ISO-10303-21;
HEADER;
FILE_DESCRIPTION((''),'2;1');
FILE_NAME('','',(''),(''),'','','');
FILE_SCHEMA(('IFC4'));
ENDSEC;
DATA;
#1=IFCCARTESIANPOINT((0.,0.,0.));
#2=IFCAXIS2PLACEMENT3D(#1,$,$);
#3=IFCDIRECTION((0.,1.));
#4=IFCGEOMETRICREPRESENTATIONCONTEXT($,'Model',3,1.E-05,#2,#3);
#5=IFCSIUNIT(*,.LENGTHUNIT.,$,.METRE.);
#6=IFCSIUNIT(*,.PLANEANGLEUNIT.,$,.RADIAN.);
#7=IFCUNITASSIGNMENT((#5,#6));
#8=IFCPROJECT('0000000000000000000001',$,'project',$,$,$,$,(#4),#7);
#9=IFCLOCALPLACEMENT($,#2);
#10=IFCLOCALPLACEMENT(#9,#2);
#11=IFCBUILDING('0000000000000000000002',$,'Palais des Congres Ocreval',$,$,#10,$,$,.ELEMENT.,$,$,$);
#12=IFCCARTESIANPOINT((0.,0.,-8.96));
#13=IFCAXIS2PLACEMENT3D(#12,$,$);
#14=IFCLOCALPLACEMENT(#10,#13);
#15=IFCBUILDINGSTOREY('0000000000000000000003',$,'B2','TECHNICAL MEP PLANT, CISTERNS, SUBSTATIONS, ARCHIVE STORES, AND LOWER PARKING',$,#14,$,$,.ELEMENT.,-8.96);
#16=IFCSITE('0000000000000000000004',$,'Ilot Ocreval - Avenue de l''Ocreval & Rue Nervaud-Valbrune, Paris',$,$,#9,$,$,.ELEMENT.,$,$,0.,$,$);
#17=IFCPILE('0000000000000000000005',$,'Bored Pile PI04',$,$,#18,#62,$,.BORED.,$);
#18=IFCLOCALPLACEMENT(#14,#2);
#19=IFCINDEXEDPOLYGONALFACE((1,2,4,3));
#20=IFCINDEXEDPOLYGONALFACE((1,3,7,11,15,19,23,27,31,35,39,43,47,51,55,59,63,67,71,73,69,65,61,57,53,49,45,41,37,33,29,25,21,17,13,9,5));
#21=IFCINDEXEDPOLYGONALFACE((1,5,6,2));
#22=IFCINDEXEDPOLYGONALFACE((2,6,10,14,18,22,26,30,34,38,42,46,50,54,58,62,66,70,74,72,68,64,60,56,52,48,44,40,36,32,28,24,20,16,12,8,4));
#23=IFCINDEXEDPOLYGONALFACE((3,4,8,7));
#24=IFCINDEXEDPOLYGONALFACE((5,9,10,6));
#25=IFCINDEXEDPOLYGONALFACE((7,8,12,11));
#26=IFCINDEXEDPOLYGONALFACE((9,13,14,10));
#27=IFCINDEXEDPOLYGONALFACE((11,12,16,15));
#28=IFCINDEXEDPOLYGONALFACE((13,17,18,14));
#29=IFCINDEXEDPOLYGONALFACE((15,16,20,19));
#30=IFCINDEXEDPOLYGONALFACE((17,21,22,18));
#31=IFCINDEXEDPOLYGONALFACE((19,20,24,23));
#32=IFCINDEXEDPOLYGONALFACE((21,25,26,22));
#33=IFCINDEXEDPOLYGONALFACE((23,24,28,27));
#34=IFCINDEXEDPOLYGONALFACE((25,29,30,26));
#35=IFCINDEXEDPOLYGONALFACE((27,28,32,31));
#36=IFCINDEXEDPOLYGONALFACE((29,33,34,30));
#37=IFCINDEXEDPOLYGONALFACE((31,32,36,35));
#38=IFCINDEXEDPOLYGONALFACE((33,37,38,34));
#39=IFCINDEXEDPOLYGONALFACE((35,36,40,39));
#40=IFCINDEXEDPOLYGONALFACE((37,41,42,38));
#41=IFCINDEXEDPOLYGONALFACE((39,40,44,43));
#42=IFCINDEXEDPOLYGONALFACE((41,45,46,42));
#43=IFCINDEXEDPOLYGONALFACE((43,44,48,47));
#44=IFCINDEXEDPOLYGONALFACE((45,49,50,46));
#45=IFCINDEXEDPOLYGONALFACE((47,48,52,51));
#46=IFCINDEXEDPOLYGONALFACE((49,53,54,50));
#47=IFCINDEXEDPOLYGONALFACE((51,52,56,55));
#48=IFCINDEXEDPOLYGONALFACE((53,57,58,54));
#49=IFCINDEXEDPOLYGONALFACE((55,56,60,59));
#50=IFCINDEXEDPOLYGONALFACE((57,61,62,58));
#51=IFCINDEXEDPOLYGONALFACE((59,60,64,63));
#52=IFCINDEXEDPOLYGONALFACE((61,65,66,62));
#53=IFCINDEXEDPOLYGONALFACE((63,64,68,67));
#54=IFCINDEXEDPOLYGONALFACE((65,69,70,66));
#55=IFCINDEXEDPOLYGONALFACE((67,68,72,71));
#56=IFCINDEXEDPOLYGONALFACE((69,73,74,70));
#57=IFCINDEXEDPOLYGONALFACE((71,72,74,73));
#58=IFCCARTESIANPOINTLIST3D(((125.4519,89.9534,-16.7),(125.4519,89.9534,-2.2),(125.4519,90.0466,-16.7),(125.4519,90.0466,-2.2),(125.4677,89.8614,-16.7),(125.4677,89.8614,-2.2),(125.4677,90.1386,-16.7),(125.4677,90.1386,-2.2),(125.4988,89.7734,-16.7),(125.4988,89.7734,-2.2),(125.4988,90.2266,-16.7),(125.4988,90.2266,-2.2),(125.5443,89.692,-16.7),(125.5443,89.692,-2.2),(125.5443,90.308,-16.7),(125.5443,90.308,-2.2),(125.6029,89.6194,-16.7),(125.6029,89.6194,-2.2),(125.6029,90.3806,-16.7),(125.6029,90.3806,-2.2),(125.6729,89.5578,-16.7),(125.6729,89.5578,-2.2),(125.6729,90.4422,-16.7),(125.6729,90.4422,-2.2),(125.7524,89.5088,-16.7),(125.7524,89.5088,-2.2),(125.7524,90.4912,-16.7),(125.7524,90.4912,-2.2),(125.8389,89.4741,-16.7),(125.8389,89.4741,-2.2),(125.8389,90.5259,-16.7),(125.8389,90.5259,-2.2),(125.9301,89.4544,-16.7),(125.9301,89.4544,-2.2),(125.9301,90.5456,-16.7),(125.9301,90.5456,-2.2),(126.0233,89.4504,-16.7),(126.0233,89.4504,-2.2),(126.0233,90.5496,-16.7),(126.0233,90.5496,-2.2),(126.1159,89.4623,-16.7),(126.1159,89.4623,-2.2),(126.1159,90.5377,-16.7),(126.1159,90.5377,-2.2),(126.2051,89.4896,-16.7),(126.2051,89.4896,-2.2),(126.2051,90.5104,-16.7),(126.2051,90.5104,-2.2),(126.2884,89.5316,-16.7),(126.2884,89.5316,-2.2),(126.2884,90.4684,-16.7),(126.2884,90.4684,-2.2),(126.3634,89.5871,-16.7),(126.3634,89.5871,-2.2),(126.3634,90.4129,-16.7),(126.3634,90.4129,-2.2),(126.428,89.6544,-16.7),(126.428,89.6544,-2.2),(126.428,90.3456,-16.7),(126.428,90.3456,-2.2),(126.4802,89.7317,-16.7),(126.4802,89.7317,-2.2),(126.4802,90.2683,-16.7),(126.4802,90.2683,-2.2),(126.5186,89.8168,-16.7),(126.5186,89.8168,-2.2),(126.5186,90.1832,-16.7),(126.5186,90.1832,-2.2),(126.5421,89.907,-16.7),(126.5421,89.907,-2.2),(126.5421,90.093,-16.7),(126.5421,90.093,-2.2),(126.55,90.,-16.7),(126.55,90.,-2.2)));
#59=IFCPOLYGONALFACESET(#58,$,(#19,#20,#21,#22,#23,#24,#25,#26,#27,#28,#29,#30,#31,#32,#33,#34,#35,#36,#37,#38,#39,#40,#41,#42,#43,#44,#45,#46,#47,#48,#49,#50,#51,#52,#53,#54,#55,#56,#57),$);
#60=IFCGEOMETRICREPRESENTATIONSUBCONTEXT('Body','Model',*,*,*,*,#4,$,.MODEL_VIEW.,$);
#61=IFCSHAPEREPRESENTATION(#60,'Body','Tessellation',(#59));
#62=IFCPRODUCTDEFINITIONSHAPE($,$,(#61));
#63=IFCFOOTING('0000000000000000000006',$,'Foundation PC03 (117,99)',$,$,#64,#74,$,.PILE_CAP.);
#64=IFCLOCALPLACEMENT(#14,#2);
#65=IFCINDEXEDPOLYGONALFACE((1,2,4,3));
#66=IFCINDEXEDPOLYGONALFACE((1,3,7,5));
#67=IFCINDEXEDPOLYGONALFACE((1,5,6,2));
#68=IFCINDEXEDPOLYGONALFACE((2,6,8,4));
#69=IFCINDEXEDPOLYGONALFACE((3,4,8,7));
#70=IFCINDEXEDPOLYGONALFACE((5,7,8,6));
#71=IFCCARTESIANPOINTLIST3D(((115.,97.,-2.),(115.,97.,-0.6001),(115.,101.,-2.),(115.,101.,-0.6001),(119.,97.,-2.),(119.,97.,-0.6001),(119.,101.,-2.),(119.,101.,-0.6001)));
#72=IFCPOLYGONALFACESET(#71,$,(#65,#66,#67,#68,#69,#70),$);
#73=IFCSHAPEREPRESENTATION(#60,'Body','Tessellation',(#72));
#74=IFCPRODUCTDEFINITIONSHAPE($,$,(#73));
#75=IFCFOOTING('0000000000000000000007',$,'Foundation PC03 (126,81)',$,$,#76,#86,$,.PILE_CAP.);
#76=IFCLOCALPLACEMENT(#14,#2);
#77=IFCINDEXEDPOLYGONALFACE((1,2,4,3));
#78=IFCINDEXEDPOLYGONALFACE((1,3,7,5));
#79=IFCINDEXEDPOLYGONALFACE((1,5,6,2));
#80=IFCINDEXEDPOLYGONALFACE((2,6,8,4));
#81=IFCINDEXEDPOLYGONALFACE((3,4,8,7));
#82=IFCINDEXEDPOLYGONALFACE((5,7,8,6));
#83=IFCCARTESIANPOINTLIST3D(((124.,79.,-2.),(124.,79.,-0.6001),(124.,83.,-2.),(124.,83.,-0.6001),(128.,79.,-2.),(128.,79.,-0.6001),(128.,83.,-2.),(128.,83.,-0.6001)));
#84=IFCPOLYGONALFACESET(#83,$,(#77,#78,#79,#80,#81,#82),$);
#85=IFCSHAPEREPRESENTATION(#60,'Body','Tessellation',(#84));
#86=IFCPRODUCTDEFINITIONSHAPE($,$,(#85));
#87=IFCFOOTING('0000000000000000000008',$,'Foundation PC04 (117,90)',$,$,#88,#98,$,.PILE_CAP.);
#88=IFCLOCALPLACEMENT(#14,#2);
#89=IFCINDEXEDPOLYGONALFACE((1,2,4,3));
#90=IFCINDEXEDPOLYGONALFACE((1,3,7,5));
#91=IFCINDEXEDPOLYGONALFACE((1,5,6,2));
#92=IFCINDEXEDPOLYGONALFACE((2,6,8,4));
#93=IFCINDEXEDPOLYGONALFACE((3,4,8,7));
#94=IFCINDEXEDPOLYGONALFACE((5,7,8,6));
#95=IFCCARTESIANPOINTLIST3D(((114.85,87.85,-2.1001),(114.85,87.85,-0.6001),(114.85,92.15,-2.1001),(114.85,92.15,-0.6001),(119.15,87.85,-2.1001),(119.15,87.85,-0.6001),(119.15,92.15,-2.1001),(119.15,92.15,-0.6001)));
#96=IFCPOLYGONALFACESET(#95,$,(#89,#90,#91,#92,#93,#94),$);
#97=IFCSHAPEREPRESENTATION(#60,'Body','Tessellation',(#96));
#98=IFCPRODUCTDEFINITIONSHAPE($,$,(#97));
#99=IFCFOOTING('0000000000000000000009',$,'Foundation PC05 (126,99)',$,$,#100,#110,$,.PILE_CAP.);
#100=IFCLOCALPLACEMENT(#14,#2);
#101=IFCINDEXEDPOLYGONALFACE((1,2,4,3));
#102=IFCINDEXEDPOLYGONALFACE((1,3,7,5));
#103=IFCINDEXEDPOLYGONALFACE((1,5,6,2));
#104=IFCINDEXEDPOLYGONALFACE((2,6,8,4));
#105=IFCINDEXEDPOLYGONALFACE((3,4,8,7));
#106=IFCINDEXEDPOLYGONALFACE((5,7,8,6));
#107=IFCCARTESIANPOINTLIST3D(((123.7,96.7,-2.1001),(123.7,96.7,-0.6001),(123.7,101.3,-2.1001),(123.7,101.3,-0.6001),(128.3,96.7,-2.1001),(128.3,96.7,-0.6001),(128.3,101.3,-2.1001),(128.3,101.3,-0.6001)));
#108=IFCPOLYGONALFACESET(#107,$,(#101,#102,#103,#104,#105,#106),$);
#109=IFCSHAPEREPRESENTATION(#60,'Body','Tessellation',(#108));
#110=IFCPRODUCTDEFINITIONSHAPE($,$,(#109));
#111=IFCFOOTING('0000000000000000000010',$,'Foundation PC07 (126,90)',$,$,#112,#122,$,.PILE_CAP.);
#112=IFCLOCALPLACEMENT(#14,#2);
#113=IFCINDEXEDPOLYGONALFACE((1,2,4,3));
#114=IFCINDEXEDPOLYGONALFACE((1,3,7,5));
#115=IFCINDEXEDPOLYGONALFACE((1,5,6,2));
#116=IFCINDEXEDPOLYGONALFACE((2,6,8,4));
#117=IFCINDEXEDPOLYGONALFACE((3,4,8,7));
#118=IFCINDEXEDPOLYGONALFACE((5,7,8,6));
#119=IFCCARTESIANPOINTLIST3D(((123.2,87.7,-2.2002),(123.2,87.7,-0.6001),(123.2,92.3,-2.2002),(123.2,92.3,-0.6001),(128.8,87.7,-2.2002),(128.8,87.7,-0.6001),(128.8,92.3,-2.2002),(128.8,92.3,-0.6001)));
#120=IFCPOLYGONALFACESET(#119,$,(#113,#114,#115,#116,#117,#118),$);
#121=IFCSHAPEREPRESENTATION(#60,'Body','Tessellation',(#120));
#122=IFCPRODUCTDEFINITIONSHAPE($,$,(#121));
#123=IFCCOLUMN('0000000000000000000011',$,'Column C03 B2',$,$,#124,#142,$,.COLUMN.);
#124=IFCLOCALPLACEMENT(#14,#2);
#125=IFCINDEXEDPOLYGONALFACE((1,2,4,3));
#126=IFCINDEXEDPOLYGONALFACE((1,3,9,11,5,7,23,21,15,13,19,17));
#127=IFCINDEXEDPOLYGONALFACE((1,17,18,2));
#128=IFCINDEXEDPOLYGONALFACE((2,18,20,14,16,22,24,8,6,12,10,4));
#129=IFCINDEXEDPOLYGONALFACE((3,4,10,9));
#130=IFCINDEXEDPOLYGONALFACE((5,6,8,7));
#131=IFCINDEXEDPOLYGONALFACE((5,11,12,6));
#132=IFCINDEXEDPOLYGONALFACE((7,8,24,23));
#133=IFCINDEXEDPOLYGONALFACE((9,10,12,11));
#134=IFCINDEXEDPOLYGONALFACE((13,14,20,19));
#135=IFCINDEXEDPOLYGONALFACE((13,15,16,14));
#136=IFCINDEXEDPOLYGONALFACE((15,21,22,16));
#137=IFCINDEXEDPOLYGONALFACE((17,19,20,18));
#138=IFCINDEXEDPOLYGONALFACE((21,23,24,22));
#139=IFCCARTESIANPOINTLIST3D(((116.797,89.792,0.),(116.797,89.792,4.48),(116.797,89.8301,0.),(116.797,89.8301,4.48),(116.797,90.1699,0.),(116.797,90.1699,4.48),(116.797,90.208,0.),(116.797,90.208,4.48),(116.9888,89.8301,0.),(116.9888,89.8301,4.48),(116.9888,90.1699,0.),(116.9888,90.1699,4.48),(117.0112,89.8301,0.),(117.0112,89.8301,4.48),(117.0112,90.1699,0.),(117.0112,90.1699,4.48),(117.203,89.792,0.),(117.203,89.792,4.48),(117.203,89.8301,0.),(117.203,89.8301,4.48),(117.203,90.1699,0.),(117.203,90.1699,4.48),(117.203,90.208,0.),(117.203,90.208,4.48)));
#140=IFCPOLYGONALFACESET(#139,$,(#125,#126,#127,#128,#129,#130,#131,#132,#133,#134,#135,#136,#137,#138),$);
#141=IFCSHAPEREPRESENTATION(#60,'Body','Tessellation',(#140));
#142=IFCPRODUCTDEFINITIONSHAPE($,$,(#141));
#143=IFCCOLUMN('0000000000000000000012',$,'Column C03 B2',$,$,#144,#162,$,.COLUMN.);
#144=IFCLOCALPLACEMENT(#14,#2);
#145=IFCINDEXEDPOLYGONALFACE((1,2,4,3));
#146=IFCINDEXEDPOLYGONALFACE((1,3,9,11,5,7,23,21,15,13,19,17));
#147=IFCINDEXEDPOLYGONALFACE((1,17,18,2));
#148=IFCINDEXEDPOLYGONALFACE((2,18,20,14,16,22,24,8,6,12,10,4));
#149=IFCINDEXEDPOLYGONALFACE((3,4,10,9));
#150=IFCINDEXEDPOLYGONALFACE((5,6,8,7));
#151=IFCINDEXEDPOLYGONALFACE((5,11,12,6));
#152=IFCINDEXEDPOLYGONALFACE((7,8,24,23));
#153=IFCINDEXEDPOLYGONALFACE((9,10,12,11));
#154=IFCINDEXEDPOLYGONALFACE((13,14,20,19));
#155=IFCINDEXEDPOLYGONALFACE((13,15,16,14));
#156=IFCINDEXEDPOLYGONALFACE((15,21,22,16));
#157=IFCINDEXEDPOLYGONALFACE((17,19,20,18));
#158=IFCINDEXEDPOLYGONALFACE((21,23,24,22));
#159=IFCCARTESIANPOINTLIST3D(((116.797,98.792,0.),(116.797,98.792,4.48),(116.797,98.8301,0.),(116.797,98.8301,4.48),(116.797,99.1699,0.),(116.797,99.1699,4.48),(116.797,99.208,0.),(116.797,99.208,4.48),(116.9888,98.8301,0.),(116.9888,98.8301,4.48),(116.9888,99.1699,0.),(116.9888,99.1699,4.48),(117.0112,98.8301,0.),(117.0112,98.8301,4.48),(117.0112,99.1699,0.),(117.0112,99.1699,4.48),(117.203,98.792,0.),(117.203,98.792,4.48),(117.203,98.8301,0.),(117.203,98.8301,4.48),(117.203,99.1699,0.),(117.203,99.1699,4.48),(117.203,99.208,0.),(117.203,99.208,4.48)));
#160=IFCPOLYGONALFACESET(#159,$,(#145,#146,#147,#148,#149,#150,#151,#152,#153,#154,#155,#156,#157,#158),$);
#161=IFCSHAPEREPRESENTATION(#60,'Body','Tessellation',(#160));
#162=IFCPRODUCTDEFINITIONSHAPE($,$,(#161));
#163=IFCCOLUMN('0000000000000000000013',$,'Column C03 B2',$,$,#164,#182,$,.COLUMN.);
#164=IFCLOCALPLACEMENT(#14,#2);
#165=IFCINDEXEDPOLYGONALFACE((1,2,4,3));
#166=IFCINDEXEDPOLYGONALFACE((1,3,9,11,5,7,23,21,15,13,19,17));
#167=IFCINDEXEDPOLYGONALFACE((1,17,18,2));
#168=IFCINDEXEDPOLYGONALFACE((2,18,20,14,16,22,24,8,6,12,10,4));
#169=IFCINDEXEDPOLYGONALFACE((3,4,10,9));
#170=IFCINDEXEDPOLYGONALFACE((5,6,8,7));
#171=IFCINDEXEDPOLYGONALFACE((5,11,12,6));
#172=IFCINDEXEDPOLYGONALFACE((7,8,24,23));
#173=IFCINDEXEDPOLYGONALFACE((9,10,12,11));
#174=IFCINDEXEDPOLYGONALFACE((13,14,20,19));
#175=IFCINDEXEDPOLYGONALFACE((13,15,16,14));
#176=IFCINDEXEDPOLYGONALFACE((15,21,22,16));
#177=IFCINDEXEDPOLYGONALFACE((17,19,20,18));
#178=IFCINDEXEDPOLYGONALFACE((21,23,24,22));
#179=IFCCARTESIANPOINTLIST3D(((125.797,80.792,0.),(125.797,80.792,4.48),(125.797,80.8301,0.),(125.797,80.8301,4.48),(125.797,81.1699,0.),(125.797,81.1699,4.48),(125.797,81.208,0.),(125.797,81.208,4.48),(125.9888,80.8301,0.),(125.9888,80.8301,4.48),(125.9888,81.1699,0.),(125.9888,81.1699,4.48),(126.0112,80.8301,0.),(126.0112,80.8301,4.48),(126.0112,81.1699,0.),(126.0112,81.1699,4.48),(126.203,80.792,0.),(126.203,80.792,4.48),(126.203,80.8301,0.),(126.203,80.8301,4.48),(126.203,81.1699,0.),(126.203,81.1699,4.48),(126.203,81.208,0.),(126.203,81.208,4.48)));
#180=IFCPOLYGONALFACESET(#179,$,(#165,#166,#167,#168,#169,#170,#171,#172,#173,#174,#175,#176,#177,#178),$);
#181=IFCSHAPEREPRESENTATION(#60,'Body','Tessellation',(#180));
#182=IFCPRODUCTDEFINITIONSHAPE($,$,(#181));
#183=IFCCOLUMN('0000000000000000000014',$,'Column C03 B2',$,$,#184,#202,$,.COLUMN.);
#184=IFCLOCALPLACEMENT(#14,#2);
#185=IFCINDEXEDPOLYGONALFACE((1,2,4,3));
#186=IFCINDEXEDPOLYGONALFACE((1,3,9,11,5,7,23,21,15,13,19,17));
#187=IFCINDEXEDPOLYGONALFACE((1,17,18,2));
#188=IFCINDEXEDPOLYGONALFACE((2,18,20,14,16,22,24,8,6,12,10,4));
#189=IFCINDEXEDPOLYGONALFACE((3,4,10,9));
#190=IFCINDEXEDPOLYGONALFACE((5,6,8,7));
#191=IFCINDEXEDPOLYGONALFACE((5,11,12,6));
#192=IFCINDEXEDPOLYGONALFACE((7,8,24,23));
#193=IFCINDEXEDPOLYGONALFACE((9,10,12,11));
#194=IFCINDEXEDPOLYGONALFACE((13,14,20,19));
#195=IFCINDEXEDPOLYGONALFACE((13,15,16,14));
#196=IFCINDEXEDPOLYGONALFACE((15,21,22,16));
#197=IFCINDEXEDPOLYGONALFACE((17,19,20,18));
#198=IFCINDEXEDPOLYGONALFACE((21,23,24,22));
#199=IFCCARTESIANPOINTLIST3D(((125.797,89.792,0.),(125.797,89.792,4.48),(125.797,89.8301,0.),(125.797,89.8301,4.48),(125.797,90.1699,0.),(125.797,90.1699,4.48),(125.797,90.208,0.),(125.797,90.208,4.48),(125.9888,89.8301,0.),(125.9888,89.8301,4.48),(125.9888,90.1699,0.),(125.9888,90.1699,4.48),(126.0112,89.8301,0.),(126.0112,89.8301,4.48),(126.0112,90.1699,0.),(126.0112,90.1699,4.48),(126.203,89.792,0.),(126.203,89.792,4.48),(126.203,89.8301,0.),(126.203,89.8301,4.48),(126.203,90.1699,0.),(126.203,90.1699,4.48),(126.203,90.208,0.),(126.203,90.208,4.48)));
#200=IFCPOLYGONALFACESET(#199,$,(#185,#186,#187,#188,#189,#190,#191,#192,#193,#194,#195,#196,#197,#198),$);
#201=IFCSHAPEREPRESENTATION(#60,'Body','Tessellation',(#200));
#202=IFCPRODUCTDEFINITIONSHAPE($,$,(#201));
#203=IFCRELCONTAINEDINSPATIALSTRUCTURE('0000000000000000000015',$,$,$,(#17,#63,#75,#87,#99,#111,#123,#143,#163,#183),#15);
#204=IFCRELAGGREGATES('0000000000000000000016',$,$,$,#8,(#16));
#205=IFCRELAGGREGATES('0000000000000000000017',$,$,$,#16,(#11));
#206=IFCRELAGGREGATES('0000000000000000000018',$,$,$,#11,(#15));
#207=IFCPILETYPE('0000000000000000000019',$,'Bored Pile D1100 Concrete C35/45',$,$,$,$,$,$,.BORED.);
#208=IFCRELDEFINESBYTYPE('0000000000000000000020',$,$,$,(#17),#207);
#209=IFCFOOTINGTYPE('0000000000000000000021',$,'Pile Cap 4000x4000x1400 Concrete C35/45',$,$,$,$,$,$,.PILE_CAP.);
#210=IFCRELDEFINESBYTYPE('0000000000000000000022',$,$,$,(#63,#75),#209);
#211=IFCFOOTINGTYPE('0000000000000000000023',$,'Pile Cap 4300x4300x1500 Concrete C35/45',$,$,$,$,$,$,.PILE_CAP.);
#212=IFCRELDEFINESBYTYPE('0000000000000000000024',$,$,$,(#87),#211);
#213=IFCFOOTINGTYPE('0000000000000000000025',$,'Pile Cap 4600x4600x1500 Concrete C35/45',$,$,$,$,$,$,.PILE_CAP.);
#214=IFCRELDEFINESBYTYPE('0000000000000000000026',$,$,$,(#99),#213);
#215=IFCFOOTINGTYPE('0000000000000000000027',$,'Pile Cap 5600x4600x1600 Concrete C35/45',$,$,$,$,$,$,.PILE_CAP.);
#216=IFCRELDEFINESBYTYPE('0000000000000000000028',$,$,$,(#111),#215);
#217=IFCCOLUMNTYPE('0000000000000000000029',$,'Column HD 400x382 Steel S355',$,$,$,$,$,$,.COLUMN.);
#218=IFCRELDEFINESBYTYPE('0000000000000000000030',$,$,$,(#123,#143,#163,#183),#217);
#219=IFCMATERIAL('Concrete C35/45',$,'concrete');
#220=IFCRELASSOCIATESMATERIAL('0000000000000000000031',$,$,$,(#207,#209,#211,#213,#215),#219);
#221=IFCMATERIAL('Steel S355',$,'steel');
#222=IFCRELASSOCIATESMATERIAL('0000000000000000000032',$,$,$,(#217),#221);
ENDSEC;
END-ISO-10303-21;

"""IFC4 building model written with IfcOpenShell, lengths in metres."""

from ifc_helpers import new_model, si_unit, direction, frame, origin, origin_2d, place, context, subcontext, project, spatial, rectangle, circle, i_section, extrude, material, material_profile, profile_set, type_object, element, save


model = new_model("IFC4")

# Units and contexts
model_context = context("Model", 3, precision=1e-05, world=origin(), true_north=direction((0.0, 1.0)))
body_context = subcontext(model_context, "Body", "Model", "MODEL_VIEW")
ifc_project = project(units=[si_unit("LENGTHUNIT", "METRE"), si_unit("PLANEANGLEUNIT", "RADIAN")], contexts=[model_context])

# Site, building, storey
site_placement = place(None, origin())
site = spatial("IfcSite", under=ifc_project, at=site_placement, Name="Ilot Ocreval - Avenue de l'Ocreval & Rue Nervaud-Valbrune, Paris", CompositionType="ELEMENT", RefElevation=0.0)
building_placement = place(site_placement, origin())
building = spatial("IfcBuilding", under=site, at=building_placement, Name="Palais des Congres Ocreval", CompositionType="ELEMENT")
storey_placement = place(building_placement, frame((0.0, 0.0, -8.96)))
storey = spatial("IfcBuildingStorey", under=building, at=storey_placement, Name="B2", Description="TECHNICAL MEP PLANT, CISTERNS, SUBSTATIONS, ARCHIVE STORES, AND LOWER PARKING", CompositionType="ELEMENT", Elevation=-8.96)

# Pile
ifc_material_1 = material(Name="Concrete C35/45", Category="concrete")
ifc_material_profile_1 = material_profile(ifc_material_1, circle(Radius=0.55, at=origin_2d()), Name="BORED PILE 1100")
ifc_profile_set_1 = profile_set([ifc_material_profile_1], Name="Concrete C35/45")
pile_type_1 = type_object("IfcPileType", Name="Bored Pile D1100 Concrete C35/45", PredefinedType="BORED", material=ifc_profile_set_1)
for number, where, z_axis, x_axis, name in (
    (1, (126.0, 90.0, -2.2), (0.0, 0.0, -1.0), (1.0, 0.0, 0.0), "Bored Pile PI04"),
):
    element("IfcPile", number, at=place(storey_placement, frame(where, z_axis=z_axis, x_axis=x_axis)), inside=storey, type_object=pile_type_1, Name=name, PredefinedType="BORED", context=body_context, shape_type="SweptSolid", body=[
        extrude(circle(Radius=0.55, at=origin_2d()), origin(), (0.0, 0.0, 1.0), 14.5),
    ])

# Footings
footing_type_1 = type_object("IfcFootingType", Name="Pile Cap 4000x4000x1400 Concrete C35/45", PredefinedType="PILE_CAP", material=ifc_material_1)
for number, where, z_axis, x_axis, name in (
    (2, (117.0, 99.0, -2.0), (0.0, 0.0, 1.0), (1.0, 0.0, 0.0), "Foundation PC03 (117,99)"),
    (3, (126.0, 81.0, -2.0), (0.0, 0.0, 1.0), (1.0, 0.0, 0.0), "Foundation PC03 (126,81)"),
):
    element("IfcFooting", number, at=place(storey_placement, frame(where, z_axis=z_axis, x_axis=x_axis)), inside=storey, type_object=footing_type_1, Name=name, PredefinedType="PILE_CAP", context=body_context, shape_type="SweptSolid", body=[
        extrude(rectangle(XDim=4.0, YDim=4.0, at=origin_2d()), origin(), (0.0, 0.0, 1.0), 1.3999),
    ])
footing_type_2 = type_object("IfcFootingType", Name="Pile Cap 4300x4300x1500 Concrete C35/45", PredefinedType="PILE_CAP", material=ifc_material_1)
footing_1_placement = place(storey_placement, frame((117.0, 90.0, -2.1001), z_axis=(0.0, 0.0, 1.0), x_axis=(1.0, 0.0, 0.0)))
element("IfcFooting", 4, at=footing_1_placement, inside=storey, type_object=footing_type_2, Name="Foundation PC04 (117,90)", PredefinedType="PILE_CAP", context=body_context, shape_type="SweptSolid", body=[
    extrude(rectangle(XDim=4.3, YDim=4.3, at=origin_2d()), origin(), (0.0, 0.0, 1.0), 1.5),
])
footing_type_3 = type_object("IfcFootingType", Name="Pile Cap 4600x4600x1500 Concrete C35/45", PredefinedType="PILE_CAP", material=ifc_material_1)
footing_2_placement = place(storey_placement, frame((126.0, 99.0, -2.1001), z_axis=(0.0, 0.0, 1.0), x_axis=(1.0, 0.0, 0.0)))
element("IfcFooting", 5, at=footing_2_placement, inside=storey, type_object=footing_type_3, Name="Foundation PC05 (126,99)", PredefinedType="PILE_CAP", context=body_context, shape_type="SweptSolid", body=[
    extrude(rectangle(XDim=4.6001, YDim=4.6001, at=origin_2d()), origin(), (0.0, 0.0, 1.0), 1.5),
])
footing_type_4 = type_object("IfcFootingType", Name="Pile Cap 5600x4600x1600 Concrete C35/45", PredefinedType="PILE_CAP", material=ifc_material_1)
footing_3_placement = place(storey_placement, frame((126.0, 90.0, -2.2002), z_axis=(0.0, 0.0, 1.0), x_axis=(1.0, 0.0, 0.0)))
element("IfcFooting", 6, at=footing_3_placement, inside=storey, type_object=footing_type_4, Name="Foundation PC07 (126,90)", PredefinedType="PILE_CAP", context=body_context, shape_type="SweptSolid", body=[
    extrude(rectangle(XDim=5.6001, YDim=4.6001, at=origin_2d()), origin(), (0.0, 0.0, 1.0), 1.6001),
])

# Columns
ifc_material_2 = material(Name="Steel S355", Category="steel")
ifc_material_profile_2 = material_profile(ifc_material_2, i_section(OverallWidth=0.406, OverallDepth=0.416, WebThickness=0.0225, FlangeThickness=0.0381, at=origin_2d()), Name="HD 400x382")
ifc_profile_set_2 = profile_set([ifc_material_profile_2], Name="Steel S355")
column_type = type_object("IfcColumnType", Name="Column HD 400x382 Steel S355", PredefinedType="COLUMN", material=ifc_profile_set_2)
for number, where, z_axis, x_axis, name in (
    (7, (117.0, 90.0, 0.0), (0.0, 0.0, 1.0), (1.0, 0.0, 0.0), "Column C03 B2"),
    (8, (117.0, 99.0, 0.0), (0.0, 0.0, 1.0), (1.0, 0.0, 0.0), "Column C03 B2"),
    (9, (126.0, 81.0, 0.0), (0.0, 0.0, 1.0), (1.0, 0.0, 0.0), "Column C03 B2"),
    (10, (126.0, 90.0, 0.0), (0.0, 0.0, 1.0), (1.0, 0.0, 0.0), "Column C03 B2"),
):
    element("IfcColumn", number, at=place(storey_placement, frame(where, z_axis=z_axis, x_axis=x_axis)), inside=storey, type_object=column_type, Name=name, PredefinedType="COLUMN", context=body_context, shape_type="SweptSolid", body=[
        extrude(i_section(OverallWidth=0.406, OverallDepth=0.416, WebThickness=0.0225, FlangeThickness=0.0381, at=origin_2d()), origin(), (0.0, 0.0, 1.0), 4.48),
    ])

save(model, "model.ifc")
